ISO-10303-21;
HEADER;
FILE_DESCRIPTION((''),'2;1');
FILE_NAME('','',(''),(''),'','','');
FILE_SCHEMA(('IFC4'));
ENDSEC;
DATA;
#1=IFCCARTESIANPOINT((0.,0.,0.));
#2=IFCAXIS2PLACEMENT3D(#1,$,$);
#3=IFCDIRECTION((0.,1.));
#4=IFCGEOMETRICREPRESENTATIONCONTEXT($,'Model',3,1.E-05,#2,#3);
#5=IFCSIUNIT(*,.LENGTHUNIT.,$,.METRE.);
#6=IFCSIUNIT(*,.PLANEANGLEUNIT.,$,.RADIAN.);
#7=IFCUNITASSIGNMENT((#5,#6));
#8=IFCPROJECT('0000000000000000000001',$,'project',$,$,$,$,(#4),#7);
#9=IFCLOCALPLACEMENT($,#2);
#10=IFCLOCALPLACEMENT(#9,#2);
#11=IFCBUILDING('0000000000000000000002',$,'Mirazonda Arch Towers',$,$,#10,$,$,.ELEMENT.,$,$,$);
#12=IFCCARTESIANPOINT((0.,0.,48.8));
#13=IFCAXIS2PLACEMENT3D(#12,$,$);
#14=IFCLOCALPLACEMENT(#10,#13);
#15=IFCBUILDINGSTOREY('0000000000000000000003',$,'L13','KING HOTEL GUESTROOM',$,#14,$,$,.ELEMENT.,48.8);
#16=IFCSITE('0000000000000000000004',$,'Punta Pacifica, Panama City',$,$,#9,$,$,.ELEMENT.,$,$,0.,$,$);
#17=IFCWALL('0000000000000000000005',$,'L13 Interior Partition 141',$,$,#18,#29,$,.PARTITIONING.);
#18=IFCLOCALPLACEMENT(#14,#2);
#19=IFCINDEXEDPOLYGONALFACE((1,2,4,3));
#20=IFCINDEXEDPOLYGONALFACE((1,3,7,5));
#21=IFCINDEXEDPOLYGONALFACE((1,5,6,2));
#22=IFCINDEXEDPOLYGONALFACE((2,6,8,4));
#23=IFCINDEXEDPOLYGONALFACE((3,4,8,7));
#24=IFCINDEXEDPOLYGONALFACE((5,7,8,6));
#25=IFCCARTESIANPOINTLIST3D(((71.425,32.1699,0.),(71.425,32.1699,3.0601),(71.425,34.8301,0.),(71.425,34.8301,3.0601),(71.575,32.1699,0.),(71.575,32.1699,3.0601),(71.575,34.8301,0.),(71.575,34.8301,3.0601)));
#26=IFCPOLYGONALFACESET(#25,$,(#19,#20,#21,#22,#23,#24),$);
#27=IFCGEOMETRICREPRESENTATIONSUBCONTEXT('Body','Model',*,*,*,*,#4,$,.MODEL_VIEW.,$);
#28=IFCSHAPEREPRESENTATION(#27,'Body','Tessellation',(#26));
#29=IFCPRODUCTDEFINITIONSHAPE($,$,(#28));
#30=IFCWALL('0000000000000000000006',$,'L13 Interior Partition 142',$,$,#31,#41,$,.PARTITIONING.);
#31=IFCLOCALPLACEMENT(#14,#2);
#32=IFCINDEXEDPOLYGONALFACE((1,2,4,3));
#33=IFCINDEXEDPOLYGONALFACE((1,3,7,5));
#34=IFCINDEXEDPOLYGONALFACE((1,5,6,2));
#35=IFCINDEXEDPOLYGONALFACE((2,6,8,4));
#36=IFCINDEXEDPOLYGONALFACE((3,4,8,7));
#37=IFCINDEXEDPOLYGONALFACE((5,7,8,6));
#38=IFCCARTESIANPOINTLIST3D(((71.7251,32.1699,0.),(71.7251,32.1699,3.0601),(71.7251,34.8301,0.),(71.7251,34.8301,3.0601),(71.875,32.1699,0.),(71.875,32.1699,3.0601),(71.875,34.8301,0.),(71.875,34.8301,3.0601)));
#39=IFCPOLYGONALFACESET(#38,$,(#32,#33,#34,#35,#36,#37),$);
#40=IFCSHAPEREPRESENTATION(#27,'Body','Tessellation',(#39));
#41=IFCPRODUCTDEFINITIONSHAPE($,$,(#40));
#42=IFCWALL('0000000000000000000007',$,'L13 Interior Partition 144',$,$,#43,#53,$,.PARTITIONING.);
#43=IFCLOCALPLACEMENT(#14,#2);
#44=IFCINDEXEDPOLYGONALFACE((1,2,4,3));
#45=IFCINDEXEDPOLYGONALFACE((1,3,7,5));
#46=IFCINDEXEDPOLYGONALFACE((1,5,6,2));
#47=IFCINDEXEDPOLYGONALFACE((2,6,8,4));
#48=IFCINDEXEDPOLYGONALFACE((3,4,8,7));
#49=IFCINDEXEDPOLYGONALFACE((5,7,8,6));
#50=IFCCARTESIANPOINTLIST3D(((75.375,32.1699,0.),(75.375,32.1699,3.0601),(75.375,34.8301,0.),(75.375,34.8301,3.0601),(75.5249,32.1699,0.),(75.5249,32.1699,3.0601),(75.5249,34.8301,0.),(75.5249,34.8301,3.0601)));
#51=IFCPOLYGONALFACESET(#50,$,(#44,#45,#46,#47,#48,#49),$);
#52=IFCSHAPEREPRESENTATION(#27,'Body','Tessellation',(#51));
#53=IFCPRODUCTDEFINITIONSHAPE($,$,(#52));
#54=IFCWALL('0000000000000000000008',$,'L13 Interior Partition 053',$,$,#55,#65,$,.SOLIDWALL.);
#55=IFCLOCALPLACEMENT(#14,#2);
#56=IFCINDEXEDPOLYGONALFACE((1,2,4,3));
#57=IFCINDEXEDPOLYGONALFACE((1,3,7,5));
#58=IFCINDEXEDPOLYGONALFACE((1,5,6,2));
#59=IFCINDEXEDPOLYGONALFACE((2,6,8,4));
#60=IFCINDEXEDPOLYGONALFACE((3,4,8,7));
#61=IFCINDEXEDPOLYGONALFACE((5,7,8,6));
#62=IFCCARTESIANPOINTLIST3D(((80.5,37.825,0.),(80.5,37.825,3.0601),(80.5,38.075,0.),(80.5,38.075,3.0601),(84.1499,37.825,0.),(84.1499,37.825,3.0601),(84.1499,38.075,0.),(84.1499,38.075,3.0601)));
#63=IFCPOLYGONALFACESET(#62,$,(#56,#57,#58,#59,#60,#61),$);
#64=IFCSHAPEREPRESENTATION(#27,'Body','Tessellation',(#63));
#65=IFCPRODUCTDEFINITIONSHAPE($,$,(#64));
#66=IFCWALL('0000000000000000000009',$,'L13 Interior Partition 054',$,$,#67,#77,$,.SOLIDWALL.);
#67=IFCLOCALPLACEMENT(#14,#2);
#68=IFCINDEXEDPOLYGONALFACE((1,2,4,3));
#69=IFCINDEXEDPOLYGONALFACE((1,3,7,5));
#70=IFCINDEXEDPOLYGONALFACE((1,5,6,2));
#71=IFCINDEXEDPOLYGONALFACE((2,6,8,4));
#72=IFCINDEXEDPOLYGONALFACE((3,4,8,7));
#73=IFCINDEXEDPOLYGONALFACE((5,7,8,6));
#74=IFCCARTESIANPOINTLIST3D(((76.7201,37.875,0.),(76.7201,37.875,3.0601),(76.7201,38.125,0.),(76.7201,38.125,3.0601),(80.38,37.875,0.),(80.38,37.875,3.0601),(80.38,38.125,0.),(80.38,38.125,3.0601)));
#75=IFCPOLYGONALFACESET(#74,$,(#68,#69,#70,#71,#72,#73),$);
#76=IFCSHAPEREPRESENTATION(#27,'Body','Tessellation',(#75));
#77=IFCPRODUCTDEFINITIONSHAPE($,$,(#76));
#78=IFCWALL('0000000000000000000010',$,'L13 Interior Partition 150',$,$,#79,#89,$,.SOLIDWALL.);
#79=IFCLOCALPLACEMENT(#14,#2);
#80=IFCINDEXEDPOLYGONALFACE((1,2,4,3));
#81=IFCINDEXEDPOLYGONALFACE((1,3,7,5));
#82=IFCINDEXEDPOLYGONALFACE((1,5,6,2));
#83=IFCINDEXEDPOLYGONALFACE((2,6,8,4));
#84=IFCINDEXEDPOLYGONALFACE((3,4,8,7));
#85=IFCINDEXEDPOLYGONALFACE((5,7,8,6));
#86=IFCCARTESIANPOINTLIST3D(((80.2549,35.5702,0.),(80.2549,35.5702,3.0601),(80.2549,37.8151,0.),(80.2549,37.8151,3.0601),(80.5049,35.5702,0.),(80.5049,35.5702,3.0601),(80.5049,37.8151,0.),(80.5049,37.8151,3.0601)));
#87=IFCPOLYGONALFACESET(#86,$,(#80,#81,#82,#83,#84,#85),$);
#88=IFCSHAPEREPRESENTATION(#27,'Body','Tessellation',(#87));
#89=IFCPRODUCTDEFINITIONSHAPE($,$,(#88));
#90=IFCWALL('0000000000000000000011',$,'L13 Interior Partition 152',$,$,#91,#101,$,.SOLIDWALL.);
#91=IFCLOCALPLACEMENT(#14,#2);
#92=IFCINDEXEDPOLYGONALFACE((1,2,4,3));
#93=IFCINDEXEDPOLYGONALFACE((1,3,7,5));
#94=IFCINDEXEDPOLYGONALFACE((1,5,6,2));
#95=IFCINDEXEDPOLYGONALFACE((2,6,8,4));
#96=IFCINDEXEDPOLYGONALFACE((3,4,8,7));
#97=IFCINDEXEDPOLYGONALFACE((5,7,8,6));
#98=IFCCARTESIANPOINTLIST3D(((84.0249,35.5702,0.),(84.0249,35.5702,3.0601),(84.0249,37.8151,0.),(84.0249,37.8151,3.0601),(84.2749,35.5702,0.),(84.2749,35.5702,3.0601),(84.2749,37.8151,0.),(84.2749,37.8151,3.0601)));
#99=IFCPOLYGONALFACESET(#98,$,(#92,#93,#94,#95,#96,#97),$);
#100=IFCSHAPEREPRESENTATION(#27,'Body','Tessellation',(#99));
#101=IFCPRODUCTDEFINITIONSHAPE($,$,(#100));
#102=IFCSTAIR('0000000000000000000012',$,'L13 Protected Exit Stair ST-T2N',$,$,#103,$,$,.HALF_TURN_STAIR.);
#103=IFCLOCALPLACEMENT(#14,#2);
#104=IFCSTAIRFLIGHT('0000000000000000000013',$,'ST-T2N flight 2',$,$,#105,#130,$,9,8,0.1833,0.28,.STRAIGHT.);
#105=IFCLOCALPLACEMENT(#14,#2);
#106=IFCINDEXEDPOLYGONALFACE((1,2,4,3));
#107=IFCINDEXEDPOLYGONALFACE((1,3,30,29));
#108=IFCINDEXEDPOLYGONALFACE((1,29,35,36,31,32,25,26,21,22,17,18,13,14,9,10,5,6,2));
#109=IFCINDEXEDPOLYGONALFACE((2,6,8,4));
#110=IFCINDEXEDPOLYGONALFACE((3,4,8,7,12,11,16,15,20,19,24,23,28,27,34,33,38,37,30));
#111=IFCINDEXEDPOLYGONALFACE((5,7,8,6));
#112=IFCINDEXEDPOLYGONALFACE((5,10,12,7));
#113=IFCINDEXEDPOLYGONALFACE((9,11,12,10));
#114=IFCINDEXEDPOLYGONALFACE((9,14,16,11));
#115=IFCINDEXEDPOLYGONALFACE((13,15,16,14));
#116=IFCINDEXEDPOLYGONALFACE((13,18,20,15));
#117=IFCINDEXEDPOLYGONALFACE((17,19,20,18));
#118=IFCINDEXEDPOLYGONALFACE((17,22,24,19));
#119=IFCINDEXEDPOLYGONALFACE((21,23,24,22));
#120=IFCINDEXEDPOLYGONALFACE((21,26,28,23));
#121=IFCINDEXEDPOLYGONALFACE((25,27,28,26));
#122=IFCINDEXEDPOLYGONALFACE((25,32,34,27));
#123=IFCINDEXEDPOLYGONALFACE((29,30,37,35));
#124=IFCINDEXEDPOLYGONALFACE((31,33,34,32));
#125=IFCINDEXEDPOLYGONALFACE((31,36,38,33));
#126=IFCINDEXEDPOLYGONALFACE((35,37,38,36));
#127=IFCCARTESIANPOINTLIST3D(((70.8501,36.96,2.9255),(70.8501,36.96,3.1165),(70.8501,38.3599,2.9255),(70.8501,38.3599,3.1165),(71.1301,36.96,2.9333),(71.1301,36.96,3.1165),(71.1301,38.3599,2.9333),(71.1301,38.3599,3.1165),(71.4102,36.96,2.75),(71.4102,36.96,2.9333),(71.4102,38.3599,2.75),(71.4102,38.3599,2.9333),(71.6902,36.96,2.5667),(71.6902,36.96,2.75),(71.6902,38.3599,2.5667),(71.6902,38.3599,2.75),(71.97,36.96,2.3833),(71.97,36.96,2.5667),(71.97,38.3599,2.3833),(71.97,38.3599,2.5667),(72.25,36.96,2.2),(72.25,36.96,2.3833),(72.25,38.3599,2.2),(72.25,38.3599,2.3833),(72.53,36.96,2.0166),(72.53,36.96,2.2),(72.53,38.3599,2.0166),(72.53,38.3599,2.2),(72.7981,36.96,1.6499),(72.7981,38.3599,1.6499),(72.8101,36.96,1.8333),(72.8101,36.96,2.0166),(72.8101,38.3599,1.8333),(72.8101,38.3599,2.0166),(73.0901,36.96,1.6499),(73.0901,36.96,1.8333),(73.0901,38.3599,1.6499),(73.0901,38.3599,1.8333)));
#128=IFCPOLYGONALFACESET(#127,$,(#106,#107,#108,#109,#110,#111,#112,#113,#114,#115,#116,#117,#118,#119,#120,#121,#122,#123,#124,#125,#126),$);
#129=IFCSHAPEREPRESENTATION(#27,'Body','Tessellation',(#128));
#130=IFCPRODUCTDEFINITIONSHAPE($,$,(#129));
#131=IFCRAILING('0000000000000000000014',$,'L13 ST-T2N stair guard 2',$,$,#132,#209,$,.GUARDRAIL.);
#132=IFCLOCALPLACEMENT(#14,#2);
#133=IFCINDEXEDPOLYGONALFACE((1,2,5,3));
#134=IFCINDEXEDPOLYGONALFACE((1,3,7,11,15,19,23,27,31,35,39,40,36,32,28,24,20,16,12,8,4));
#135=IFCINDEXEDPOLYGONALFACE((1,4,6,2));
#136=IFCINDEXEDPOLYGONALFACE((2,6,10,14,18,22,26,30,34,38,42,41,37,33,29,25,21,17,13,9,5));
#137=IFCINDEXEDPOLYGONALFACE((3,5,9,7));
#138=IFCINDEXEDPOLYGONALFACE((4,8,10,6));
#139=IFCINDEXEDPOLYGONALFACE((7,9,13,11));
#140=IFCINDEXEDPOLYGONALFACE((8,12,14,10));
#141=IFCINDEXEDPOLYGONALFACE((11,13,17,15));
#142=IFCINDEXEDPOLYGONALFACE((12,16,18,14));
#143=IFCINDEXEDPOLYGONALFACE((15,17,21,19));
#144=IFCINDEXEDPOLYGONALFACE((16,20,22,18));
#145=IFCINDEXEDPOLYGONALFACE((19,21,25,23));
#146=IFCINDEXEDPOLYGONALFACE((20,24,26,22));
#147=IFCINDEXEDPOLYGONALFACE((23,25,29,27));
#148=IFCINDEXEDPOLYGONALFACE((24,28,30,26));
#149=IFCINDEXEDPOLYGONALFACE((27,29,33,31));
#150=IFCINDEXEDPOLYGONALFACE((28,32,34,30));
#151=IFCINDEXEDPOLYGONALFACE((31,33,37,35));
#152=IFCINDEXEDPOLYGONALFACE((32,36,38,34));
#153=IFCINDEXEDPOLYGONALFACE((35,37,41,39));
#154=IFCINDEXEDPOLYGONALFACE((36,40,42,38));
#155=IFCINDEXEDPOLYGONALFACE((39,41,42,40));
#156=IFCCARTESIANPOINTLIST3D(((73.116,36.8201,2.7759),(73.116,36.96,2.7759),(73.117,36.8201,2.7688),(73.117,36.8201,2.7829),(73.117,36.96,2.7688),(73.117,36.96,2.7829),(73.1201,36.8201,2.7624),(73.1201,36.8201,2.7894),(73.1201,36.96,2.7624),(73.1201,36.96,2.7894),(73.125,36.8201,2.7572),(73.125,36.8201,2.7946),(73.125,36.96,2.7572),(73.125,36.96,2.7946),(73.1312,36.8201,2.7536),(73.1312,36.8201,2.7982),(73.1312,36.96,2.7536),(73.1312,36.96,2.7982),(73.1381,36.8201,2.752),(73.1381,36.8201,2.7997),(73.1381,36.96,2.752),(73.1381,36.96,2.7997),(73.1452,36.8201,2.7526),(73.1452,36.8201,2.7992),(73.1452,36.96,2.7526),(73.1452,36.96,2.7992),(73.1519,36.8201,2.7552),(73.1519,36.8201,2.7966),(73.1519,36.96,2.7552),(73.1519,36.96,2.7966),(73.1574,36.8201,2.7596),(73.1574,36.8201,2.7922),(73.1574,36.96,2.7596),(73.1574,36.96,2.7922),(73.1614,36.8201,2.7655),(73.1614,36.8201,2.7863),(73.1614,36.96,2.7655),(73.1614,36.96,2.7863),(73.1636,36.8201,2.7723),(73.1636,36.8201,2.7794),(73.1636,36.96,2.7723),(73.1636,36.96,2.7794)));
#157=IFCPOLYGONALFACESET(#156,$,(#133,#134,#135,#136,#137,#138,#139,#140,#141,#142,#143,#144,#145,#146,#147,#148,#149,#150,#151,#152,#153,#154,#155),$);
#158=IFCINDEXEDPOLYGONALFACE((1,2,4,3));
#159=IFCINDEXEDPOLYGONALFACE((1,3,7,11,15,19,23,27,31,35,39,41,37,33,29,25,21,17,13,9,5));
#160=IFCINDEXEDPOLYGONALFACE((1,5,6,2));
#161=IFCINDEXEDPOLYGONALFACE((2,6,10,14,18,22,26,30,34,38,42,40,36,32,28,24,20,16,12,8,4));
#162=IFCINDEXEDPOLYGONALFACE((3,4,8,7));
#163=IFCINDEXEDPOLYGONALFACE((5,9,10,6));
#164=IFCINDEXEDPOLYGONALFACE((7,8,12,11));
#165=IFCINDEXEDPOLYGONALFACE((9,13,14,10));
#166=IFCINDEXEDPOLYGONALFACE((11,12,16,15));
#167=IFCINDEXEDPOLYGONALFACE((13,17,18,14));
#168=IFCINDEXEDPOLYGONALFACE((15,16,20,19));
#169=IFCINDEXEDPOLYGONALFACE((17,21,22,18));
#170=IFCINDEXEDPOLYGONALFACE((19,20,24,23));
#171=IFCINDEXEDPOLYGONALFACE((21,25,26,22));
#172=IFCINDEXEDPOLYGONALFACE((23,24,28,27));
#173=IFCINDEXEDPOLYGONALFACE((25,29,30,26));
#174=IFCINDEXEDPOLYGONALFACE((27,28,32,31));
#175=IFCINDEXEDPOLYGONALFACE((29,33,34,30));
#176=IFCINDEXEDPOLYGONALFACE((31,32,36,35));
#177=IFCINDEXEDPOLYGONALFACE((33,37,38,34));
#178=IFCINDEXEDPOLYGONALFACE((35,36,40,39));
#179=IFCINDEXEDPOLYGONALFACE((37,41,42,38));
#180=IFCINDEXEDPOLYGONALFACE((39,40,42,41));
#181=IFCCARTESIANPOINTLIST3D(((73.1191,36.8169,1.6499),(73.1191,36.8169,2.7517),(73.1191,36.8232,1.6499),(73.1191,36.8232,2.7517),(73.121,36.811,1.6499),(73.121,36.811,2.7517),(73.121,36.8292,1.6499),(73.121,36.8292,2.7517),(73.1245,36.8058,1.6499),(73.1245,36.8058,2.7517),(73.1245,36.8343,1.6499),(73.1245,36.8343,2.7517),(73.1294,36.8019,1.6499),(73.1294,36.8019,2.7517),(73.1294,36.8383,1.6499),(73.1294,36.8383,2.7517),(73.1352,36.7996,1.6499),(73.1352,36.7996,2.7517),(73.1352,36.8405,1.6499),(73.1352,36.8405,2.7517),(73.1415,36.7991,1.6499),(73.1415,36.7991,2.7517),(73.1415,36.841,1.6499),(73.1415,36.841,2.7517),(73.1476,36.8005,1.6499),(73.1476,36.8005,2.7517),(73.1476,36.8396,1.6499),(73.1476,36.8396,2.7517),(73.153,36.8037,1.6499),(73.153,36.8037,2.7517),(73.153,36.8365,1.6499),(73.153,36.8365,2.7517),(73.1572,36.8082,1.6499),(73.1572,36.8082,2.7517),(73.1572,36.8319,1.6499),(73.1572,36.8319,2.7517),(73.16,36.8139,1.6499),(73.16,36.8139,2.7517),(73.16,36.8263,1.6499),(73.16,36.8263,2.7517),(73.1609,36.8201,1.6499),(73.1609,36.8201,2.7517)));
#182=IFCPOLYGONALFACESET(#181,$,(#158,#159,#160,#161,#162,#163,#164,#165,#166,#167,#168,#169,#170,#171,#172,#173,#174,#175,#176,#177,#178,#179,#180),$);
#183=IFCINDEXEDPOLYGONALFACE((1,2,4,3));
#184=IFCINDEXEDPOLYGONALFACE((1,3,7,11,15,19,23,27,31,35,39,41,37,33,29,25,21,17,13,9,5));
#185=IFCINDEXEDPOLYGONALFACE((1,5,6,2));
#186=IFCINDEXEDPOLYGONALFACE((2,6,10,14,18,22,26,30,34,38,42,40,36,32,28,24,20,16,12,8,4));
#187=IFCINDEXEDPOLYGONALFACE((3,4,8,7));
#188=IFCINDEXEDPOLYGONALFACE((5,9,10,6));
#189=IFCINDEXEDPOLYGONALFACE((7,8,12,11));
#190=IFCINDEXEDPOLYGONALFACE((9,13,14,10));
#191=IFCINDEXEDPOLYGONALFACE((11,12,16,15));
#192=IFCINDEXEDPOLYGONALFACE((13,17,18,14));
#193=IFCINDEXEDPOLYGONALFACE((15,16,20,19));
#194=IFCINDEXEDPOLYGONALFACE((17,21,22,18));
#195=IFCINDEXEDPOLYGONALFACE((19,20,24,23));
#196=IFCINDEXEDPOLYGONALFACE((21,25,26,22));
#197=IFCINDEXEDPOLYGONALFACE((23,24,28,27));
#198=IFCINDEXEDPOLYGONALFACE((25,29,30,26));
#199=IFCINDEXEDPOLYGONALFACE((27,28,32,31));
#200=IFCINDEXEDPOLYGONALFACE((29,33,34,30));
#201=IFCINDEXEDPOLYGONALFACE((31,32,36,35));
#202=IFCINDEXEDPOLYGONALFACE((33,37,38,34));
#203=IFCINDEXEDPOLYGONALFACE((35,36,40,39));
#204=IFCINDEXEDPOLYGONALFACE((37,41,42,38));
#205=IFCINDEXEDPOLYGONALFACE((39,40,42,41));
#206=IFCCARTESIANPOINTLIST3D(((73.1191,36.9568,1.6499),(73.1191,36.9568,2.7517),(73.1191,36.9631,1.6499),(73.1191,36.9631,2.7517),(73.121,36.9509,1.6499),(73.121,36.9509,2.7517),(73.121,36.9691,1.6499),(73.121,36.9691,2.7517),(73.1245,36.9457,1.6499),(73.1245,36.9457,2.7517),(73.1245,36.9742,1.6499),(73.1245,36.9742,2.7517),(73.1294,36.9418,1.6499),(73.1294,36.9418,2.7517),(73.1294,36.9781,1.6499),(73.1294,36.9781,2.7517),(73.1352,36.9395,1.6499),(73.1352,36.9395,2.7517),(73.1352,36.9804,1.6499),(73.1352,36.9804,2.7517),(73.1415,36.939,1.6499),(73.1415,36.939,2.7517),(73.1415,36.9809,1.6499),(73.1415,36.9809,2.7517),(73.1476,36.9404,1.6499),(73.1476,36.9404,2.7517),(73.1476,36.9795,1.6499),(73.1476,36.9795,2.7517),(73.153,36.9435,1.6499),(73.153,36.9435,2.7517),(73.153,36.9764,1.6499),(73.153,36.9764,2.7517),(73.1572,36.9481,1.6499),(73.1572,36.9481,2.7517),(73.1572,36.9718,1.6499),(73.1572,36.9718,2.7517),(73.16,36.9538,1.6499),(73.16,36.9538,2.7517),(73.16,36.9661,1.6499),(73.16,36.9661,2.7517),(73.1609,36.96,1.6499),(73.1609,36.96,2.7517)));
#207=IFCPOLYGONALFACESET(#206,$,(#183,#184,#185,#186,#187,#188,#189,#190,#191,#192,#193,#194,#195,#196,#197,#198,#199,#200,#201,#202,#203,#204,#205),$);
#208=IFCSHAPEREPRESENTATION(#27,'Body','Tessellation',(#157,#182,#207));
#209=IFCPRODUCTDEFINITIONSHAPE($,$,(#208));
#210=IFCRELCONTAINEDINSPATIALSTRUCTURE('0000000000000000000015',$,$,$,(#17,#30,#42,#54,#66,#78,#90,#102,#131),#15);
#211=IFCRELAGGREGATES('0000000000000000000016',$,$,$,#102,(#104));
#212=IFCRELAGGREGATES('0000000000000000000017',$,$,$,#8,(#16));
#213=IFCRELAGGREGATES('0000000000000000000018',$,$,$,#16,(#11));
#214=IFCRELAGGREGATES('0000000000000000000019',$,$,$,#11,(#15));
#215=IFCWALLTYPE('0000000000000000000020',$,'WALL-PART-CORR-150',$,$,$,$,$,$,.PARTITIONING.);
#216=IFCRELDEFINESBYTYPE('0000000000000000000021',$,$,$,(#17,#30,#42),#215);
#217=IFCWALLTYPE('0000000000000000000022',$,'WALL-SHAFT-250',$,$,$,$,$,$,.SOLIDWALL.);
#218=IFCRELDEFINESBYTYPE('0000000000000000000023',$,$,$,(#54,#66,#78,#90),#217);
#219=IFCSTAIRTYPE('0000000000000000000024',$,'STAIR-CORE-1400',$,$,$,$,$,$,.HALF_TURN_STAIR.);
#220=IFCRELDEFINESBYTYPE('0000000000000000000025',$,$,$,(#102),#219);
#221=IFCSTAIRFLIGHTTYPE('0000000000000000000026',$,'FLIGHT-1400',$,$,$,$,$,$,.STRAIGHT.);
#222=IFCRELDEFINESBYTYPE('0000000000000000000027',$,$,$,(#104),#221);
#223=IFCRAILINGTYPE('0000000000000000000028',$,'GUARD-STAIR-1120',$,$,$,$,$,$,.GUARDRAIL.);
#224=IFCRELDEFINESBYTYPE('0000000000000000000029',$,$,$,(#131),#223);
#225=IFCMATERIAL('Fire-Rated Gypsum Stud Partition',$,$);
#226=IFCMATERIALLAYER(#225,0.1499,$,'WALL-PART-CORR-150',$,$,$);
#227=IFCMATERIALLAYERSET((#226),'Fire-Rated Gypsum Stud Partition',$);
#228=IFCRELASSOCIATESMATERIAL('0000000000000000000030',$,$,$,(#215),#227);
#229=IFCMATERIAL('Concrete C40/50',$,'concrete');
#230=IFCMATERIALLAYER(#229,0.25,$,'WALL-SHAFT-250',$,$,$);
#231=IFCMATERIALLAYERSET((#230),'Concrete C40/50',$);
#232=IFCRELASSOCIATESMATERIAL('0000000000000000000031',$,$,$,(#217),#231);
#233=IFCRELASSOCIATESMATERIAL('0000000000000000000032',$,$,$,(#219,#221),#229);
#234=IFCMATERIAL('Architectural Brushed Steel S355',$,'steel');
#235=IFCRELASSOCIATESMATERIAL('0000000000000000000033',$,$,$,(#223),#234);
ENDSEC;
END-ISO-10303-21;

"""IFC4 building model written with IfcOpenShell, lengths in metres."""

from ifc_helpers import new_model, si_unit, direction, frame, frame_2d, origin, origin_2d, place, context, subcontext, project, spatial, polyline, rectangle, circle, outline, extrude, material, layer, layer_set, type_object, element, aggregate, save


model = new_model("IFC4")

# Units and contexts
model_context = context("Model", 3, precision=1e-05, world=origin(), true_north=direction((0.0, 1.0)))
body_context = subcontext(model_context, "Body", "Model", "MODEL_VIEW")
ifc_project = project(units=[si_unit("LENGTHUNIT", "METRE"), si_unit("PLANEANGLEUNIT", "RADIAN")], contexts=[model_context])

# Site, building, storey
site_placement = place(None, origin())
site = spatial("IfcSite", under=ifc_project, at=site_placement, Name="Punta Pacifica, Panama City", CompositionType="ELEMENT", RefElevation=0.0)
building_placement = place(site_placement, origin())
building = spatial("IfcBuilding", under=site, at=building_placement, Name="Mirazonda Arch Towers", CompositionType="ELEMENT")
storey_placement = place(building_placement, frame((0.0, 0.0, 48.8)))
storey = spatial("IfcBuildingStorey", under=building, at=storey_placement, Name="L13", Description="KING HOTEL GUESTROOM", CompositionType="ELEMENT", Elevation=48.8)

# Shared definitions
ifc_material_1 = material(Name="Concrete C40/50", Category="concrete")
ifc_material_2 = material(Name="Architectural Brushed Steel S355", Category="steel")

# Walls
ifc_material_3 = material(Name="Fire-Rated Gypsum Stud Partition")
ifc_layer_1 = layer(ifc_material_3, 0.1499, Name="WALL-PART-CORR-150")
ifc_layer_set_1 = layer_set([ifc_layer_1], Name="Fire-Rated Gypsum Stud Partition")
wall_type_1 = type_object("IfcWallType", Name="WALL-PART-CORR-150", PredefinedType="PARTITIONING", material=ifc_layer_set_1)
for number, where, z_axis, x_axis, name in (
    (1, (71.5, 32.1699, 0.0), (0.0, 0.0, 1.0), (0.0, 1.0, 0.0), "L13 Interior Partition 141"),
    (2, (71.8, 32.1699, 0.0), (0.0, 0.0, 1.0), (0.0, 1.0, 0.0), "L13 Interior Partition 142"),
    (3, (75.45, 32.1699, 0.0), (0.0, 0.0, 1.0), (0.0, 1.0, 0.0), "L13 Interior Partition 144"),
):
    element("IfcWall", number, at=place(storey_placement, frame(where, z_axis=z_axis, x_axis=x_axis)), inside=storey, type_object=wall_type_1, Name=name, PredefinedType="PARTITIONING", context=body_context, shape_type="SweptSolid", body=[
        extrude(rectangle(XDim=2.6602, YDim=0.1499, at=frame_2d((1.3301, 0.0))), origin(), (0.0, 0.0, 1.0), 3.0601),
    ])
ifc_layer_2 = layer(ifc_material_1, 0.25, Name="WALL-SHAFT-250")
ifc_layer_set_2 = layer_set([ifc_layer_2], Name="Concrete C40/50")
wall_type_2 = type_object("IfcWallType", Name="WALL-SHAFT-250", PredefinedType="SOLIDWALL", material=ifc_layer_set_2)
wall_1_placement = place(storey_placement, frame((80.5, 37.95, 0.0), z_axis=(0.0, 0.0, 1.0), x_axis=(1.0, 0.0, 0.0)))
element("IfcWall", 4, at=wall_1_placement, inside=storey, type_object=wall_type_2, Name="L13 Interior Partition 053", PredefinedType="SOLIDWALL", context=body_context, shape_type="SweptSolid", body=[
    extrude(rectangle(XDim=3.6499, YDim=0.25, at=frame_2d((1.825, 0.0))), origin(), (0.0, 0.0, 1.0), 3.0601),
])
wall_2_placement = place(storey_placement, frame((76.72, 38.0, 0.0), z_axis=(0.0, 0.0, 1.0), x_axis=(1.0, 0.0, 0.0)))
element("IfcWall", 5, at=wall_2_placement, inside=storey, type_object=wall_type_2, Name="L13 Interior Partition 054", PredefinedType="SOLIDWALL", context=body_context, shape_type="SweptSolid", body=[
    extrude(rectangle(XDim=3.6599, YDim=0.25, at=frame_2d((1.8301, 0.0))), origin(), (0.0, 0.0, 1.0), 3.0601),
])
for number, where, z_axis, x_axis, name in (
    (6, (80.3799, 35.5701, 0.0), (0.0, 0.0, 1.0), (0.0, 1.0, 0.0), "L13 Interior Partition 150"),
    (7, (84.1499, 35.5701, 0.0), (0.0, 0.0, 1.0), (0.0, 1.0, 0.0), "L13 Interior Partition 152"),
):
    element("IfcWall", number, at=place(storey_placement, frame(where, z_axis=z_axis, x_axis=x_axis)), inside=storey, type_object=wall_type_2, Name=name, PredefinedType="SOLIDWALL", context=body_context, shape_type="SweptSolid", body=[
        extrude(rectangle(XDim=2.2449, YDim=0.25, at=frame_2d((1.1226, 0.0))), origin(), (0.0, 0.0, 1.0), 3.0601),
    ])

# Stair, stair flight
stair_type = type_object("IfcStairType", Name="STAIR-CORE-1400", PredefinedType="HALF_TURN_STAIR", material=ifc_material_1)
stair_placement = place(storey_placement, origin())
stair = element("IfcStair", 8, at=stair_placement, inside=storey, type_object=stair_type, Name="L13 Protected Exit Stair ST-T2N", PredefinedType="HALF_TURN_STAIR")
stair_flight_type = type_object("IfcStairFlightType", Name="FLIGHT-1400", PredefinedType="STRAIGHT", material=ifc_material_1)
stair_flight_placement = place(storey_placement, frame((73.0901, 37.6599, 1.6499), z_axis=(0.0, 0.0, 1.0), x_axis=(-1.0, 0.0, 0.0)))
stair_flight = element("IfcStairFlight", 9, at=stair_flight_placement, type_object=stair_flight_type, Name="ST-T2N flight 2", NumberOfRisers=9, NumberOfTreads=8, PredefinedType="STRAIGHT", RiserHeight=0.1833, TreadLength=0.28, context=body_context, shape_type="SweptSolid", body=[
    extrude(outline(polyline([(0.0, 0.0), (0.0, 0.1833), (0.28, 0.1833), (0.28, 0.3667), (0.5601, 0.3667), (0.5601, 0.55), (0.8401, 0.55), (0.8401, 0.7334), (1.1201, 0.7334), (1.1201, 0.9167), (1.3999, 0.9167), (1.3999, 1.1001), (1.6799, 1.1001), (1.6799, 1.2834), (1.96, 1.2834), (1.96, 1.4666), (2.24, 1.4666), (2.24, 1.6499), (2.24, 1.2756), (0.292, 0.0), (0.0, 0.0)])), frame((0.0, 0.7, 0.0), z_axis=(0.0, -1.0, 0.0), x_axis=(1.0, 0.0, 0.0)), (0.0, 0.0, 1.0), 1.3999),
])
aggregate(stair, [stair_flight])

# Railing
railing_type_1 = type_object("IfcRailingType", Name="GUARD-STAIR-1120", PredefinedType="GUARDRAIL", material=ifc_material_2)
railing_1_placement = place(storey_placement, frame((73.1399, 36.8201, 1.6499)))
element("IfcRailing", 10, at=railing_1_placement, inside=storey, type_object=railing_type_1, Name="L13 ST-T2N stair guard 2", PredefinedType="GUARDRAIL", context=body_context, shape_type="SweptSolid", body=[
    extrude(circle(Radius=0.0239, at=origin_2d()), frame((0.0, 0.0, 1.126), z_axis=(0.0, 1.0, 0.0), x_axis=(-1.0, 0.0, 0.0)), (0.0, 0.0, 1.0), 0.1399),
    extrude(circle(Radius=0.021, at=origin_2d()), origin(), (0.0, 0.0, 1.0), 1.1018),
    extrude(circle(Radius=0.021, at=origin_2d()), frame((0.0, 0.1399, 0.0)), (0.0, 0.0, 1.0), 1.1018),
])

save(model, "model.ifc")
